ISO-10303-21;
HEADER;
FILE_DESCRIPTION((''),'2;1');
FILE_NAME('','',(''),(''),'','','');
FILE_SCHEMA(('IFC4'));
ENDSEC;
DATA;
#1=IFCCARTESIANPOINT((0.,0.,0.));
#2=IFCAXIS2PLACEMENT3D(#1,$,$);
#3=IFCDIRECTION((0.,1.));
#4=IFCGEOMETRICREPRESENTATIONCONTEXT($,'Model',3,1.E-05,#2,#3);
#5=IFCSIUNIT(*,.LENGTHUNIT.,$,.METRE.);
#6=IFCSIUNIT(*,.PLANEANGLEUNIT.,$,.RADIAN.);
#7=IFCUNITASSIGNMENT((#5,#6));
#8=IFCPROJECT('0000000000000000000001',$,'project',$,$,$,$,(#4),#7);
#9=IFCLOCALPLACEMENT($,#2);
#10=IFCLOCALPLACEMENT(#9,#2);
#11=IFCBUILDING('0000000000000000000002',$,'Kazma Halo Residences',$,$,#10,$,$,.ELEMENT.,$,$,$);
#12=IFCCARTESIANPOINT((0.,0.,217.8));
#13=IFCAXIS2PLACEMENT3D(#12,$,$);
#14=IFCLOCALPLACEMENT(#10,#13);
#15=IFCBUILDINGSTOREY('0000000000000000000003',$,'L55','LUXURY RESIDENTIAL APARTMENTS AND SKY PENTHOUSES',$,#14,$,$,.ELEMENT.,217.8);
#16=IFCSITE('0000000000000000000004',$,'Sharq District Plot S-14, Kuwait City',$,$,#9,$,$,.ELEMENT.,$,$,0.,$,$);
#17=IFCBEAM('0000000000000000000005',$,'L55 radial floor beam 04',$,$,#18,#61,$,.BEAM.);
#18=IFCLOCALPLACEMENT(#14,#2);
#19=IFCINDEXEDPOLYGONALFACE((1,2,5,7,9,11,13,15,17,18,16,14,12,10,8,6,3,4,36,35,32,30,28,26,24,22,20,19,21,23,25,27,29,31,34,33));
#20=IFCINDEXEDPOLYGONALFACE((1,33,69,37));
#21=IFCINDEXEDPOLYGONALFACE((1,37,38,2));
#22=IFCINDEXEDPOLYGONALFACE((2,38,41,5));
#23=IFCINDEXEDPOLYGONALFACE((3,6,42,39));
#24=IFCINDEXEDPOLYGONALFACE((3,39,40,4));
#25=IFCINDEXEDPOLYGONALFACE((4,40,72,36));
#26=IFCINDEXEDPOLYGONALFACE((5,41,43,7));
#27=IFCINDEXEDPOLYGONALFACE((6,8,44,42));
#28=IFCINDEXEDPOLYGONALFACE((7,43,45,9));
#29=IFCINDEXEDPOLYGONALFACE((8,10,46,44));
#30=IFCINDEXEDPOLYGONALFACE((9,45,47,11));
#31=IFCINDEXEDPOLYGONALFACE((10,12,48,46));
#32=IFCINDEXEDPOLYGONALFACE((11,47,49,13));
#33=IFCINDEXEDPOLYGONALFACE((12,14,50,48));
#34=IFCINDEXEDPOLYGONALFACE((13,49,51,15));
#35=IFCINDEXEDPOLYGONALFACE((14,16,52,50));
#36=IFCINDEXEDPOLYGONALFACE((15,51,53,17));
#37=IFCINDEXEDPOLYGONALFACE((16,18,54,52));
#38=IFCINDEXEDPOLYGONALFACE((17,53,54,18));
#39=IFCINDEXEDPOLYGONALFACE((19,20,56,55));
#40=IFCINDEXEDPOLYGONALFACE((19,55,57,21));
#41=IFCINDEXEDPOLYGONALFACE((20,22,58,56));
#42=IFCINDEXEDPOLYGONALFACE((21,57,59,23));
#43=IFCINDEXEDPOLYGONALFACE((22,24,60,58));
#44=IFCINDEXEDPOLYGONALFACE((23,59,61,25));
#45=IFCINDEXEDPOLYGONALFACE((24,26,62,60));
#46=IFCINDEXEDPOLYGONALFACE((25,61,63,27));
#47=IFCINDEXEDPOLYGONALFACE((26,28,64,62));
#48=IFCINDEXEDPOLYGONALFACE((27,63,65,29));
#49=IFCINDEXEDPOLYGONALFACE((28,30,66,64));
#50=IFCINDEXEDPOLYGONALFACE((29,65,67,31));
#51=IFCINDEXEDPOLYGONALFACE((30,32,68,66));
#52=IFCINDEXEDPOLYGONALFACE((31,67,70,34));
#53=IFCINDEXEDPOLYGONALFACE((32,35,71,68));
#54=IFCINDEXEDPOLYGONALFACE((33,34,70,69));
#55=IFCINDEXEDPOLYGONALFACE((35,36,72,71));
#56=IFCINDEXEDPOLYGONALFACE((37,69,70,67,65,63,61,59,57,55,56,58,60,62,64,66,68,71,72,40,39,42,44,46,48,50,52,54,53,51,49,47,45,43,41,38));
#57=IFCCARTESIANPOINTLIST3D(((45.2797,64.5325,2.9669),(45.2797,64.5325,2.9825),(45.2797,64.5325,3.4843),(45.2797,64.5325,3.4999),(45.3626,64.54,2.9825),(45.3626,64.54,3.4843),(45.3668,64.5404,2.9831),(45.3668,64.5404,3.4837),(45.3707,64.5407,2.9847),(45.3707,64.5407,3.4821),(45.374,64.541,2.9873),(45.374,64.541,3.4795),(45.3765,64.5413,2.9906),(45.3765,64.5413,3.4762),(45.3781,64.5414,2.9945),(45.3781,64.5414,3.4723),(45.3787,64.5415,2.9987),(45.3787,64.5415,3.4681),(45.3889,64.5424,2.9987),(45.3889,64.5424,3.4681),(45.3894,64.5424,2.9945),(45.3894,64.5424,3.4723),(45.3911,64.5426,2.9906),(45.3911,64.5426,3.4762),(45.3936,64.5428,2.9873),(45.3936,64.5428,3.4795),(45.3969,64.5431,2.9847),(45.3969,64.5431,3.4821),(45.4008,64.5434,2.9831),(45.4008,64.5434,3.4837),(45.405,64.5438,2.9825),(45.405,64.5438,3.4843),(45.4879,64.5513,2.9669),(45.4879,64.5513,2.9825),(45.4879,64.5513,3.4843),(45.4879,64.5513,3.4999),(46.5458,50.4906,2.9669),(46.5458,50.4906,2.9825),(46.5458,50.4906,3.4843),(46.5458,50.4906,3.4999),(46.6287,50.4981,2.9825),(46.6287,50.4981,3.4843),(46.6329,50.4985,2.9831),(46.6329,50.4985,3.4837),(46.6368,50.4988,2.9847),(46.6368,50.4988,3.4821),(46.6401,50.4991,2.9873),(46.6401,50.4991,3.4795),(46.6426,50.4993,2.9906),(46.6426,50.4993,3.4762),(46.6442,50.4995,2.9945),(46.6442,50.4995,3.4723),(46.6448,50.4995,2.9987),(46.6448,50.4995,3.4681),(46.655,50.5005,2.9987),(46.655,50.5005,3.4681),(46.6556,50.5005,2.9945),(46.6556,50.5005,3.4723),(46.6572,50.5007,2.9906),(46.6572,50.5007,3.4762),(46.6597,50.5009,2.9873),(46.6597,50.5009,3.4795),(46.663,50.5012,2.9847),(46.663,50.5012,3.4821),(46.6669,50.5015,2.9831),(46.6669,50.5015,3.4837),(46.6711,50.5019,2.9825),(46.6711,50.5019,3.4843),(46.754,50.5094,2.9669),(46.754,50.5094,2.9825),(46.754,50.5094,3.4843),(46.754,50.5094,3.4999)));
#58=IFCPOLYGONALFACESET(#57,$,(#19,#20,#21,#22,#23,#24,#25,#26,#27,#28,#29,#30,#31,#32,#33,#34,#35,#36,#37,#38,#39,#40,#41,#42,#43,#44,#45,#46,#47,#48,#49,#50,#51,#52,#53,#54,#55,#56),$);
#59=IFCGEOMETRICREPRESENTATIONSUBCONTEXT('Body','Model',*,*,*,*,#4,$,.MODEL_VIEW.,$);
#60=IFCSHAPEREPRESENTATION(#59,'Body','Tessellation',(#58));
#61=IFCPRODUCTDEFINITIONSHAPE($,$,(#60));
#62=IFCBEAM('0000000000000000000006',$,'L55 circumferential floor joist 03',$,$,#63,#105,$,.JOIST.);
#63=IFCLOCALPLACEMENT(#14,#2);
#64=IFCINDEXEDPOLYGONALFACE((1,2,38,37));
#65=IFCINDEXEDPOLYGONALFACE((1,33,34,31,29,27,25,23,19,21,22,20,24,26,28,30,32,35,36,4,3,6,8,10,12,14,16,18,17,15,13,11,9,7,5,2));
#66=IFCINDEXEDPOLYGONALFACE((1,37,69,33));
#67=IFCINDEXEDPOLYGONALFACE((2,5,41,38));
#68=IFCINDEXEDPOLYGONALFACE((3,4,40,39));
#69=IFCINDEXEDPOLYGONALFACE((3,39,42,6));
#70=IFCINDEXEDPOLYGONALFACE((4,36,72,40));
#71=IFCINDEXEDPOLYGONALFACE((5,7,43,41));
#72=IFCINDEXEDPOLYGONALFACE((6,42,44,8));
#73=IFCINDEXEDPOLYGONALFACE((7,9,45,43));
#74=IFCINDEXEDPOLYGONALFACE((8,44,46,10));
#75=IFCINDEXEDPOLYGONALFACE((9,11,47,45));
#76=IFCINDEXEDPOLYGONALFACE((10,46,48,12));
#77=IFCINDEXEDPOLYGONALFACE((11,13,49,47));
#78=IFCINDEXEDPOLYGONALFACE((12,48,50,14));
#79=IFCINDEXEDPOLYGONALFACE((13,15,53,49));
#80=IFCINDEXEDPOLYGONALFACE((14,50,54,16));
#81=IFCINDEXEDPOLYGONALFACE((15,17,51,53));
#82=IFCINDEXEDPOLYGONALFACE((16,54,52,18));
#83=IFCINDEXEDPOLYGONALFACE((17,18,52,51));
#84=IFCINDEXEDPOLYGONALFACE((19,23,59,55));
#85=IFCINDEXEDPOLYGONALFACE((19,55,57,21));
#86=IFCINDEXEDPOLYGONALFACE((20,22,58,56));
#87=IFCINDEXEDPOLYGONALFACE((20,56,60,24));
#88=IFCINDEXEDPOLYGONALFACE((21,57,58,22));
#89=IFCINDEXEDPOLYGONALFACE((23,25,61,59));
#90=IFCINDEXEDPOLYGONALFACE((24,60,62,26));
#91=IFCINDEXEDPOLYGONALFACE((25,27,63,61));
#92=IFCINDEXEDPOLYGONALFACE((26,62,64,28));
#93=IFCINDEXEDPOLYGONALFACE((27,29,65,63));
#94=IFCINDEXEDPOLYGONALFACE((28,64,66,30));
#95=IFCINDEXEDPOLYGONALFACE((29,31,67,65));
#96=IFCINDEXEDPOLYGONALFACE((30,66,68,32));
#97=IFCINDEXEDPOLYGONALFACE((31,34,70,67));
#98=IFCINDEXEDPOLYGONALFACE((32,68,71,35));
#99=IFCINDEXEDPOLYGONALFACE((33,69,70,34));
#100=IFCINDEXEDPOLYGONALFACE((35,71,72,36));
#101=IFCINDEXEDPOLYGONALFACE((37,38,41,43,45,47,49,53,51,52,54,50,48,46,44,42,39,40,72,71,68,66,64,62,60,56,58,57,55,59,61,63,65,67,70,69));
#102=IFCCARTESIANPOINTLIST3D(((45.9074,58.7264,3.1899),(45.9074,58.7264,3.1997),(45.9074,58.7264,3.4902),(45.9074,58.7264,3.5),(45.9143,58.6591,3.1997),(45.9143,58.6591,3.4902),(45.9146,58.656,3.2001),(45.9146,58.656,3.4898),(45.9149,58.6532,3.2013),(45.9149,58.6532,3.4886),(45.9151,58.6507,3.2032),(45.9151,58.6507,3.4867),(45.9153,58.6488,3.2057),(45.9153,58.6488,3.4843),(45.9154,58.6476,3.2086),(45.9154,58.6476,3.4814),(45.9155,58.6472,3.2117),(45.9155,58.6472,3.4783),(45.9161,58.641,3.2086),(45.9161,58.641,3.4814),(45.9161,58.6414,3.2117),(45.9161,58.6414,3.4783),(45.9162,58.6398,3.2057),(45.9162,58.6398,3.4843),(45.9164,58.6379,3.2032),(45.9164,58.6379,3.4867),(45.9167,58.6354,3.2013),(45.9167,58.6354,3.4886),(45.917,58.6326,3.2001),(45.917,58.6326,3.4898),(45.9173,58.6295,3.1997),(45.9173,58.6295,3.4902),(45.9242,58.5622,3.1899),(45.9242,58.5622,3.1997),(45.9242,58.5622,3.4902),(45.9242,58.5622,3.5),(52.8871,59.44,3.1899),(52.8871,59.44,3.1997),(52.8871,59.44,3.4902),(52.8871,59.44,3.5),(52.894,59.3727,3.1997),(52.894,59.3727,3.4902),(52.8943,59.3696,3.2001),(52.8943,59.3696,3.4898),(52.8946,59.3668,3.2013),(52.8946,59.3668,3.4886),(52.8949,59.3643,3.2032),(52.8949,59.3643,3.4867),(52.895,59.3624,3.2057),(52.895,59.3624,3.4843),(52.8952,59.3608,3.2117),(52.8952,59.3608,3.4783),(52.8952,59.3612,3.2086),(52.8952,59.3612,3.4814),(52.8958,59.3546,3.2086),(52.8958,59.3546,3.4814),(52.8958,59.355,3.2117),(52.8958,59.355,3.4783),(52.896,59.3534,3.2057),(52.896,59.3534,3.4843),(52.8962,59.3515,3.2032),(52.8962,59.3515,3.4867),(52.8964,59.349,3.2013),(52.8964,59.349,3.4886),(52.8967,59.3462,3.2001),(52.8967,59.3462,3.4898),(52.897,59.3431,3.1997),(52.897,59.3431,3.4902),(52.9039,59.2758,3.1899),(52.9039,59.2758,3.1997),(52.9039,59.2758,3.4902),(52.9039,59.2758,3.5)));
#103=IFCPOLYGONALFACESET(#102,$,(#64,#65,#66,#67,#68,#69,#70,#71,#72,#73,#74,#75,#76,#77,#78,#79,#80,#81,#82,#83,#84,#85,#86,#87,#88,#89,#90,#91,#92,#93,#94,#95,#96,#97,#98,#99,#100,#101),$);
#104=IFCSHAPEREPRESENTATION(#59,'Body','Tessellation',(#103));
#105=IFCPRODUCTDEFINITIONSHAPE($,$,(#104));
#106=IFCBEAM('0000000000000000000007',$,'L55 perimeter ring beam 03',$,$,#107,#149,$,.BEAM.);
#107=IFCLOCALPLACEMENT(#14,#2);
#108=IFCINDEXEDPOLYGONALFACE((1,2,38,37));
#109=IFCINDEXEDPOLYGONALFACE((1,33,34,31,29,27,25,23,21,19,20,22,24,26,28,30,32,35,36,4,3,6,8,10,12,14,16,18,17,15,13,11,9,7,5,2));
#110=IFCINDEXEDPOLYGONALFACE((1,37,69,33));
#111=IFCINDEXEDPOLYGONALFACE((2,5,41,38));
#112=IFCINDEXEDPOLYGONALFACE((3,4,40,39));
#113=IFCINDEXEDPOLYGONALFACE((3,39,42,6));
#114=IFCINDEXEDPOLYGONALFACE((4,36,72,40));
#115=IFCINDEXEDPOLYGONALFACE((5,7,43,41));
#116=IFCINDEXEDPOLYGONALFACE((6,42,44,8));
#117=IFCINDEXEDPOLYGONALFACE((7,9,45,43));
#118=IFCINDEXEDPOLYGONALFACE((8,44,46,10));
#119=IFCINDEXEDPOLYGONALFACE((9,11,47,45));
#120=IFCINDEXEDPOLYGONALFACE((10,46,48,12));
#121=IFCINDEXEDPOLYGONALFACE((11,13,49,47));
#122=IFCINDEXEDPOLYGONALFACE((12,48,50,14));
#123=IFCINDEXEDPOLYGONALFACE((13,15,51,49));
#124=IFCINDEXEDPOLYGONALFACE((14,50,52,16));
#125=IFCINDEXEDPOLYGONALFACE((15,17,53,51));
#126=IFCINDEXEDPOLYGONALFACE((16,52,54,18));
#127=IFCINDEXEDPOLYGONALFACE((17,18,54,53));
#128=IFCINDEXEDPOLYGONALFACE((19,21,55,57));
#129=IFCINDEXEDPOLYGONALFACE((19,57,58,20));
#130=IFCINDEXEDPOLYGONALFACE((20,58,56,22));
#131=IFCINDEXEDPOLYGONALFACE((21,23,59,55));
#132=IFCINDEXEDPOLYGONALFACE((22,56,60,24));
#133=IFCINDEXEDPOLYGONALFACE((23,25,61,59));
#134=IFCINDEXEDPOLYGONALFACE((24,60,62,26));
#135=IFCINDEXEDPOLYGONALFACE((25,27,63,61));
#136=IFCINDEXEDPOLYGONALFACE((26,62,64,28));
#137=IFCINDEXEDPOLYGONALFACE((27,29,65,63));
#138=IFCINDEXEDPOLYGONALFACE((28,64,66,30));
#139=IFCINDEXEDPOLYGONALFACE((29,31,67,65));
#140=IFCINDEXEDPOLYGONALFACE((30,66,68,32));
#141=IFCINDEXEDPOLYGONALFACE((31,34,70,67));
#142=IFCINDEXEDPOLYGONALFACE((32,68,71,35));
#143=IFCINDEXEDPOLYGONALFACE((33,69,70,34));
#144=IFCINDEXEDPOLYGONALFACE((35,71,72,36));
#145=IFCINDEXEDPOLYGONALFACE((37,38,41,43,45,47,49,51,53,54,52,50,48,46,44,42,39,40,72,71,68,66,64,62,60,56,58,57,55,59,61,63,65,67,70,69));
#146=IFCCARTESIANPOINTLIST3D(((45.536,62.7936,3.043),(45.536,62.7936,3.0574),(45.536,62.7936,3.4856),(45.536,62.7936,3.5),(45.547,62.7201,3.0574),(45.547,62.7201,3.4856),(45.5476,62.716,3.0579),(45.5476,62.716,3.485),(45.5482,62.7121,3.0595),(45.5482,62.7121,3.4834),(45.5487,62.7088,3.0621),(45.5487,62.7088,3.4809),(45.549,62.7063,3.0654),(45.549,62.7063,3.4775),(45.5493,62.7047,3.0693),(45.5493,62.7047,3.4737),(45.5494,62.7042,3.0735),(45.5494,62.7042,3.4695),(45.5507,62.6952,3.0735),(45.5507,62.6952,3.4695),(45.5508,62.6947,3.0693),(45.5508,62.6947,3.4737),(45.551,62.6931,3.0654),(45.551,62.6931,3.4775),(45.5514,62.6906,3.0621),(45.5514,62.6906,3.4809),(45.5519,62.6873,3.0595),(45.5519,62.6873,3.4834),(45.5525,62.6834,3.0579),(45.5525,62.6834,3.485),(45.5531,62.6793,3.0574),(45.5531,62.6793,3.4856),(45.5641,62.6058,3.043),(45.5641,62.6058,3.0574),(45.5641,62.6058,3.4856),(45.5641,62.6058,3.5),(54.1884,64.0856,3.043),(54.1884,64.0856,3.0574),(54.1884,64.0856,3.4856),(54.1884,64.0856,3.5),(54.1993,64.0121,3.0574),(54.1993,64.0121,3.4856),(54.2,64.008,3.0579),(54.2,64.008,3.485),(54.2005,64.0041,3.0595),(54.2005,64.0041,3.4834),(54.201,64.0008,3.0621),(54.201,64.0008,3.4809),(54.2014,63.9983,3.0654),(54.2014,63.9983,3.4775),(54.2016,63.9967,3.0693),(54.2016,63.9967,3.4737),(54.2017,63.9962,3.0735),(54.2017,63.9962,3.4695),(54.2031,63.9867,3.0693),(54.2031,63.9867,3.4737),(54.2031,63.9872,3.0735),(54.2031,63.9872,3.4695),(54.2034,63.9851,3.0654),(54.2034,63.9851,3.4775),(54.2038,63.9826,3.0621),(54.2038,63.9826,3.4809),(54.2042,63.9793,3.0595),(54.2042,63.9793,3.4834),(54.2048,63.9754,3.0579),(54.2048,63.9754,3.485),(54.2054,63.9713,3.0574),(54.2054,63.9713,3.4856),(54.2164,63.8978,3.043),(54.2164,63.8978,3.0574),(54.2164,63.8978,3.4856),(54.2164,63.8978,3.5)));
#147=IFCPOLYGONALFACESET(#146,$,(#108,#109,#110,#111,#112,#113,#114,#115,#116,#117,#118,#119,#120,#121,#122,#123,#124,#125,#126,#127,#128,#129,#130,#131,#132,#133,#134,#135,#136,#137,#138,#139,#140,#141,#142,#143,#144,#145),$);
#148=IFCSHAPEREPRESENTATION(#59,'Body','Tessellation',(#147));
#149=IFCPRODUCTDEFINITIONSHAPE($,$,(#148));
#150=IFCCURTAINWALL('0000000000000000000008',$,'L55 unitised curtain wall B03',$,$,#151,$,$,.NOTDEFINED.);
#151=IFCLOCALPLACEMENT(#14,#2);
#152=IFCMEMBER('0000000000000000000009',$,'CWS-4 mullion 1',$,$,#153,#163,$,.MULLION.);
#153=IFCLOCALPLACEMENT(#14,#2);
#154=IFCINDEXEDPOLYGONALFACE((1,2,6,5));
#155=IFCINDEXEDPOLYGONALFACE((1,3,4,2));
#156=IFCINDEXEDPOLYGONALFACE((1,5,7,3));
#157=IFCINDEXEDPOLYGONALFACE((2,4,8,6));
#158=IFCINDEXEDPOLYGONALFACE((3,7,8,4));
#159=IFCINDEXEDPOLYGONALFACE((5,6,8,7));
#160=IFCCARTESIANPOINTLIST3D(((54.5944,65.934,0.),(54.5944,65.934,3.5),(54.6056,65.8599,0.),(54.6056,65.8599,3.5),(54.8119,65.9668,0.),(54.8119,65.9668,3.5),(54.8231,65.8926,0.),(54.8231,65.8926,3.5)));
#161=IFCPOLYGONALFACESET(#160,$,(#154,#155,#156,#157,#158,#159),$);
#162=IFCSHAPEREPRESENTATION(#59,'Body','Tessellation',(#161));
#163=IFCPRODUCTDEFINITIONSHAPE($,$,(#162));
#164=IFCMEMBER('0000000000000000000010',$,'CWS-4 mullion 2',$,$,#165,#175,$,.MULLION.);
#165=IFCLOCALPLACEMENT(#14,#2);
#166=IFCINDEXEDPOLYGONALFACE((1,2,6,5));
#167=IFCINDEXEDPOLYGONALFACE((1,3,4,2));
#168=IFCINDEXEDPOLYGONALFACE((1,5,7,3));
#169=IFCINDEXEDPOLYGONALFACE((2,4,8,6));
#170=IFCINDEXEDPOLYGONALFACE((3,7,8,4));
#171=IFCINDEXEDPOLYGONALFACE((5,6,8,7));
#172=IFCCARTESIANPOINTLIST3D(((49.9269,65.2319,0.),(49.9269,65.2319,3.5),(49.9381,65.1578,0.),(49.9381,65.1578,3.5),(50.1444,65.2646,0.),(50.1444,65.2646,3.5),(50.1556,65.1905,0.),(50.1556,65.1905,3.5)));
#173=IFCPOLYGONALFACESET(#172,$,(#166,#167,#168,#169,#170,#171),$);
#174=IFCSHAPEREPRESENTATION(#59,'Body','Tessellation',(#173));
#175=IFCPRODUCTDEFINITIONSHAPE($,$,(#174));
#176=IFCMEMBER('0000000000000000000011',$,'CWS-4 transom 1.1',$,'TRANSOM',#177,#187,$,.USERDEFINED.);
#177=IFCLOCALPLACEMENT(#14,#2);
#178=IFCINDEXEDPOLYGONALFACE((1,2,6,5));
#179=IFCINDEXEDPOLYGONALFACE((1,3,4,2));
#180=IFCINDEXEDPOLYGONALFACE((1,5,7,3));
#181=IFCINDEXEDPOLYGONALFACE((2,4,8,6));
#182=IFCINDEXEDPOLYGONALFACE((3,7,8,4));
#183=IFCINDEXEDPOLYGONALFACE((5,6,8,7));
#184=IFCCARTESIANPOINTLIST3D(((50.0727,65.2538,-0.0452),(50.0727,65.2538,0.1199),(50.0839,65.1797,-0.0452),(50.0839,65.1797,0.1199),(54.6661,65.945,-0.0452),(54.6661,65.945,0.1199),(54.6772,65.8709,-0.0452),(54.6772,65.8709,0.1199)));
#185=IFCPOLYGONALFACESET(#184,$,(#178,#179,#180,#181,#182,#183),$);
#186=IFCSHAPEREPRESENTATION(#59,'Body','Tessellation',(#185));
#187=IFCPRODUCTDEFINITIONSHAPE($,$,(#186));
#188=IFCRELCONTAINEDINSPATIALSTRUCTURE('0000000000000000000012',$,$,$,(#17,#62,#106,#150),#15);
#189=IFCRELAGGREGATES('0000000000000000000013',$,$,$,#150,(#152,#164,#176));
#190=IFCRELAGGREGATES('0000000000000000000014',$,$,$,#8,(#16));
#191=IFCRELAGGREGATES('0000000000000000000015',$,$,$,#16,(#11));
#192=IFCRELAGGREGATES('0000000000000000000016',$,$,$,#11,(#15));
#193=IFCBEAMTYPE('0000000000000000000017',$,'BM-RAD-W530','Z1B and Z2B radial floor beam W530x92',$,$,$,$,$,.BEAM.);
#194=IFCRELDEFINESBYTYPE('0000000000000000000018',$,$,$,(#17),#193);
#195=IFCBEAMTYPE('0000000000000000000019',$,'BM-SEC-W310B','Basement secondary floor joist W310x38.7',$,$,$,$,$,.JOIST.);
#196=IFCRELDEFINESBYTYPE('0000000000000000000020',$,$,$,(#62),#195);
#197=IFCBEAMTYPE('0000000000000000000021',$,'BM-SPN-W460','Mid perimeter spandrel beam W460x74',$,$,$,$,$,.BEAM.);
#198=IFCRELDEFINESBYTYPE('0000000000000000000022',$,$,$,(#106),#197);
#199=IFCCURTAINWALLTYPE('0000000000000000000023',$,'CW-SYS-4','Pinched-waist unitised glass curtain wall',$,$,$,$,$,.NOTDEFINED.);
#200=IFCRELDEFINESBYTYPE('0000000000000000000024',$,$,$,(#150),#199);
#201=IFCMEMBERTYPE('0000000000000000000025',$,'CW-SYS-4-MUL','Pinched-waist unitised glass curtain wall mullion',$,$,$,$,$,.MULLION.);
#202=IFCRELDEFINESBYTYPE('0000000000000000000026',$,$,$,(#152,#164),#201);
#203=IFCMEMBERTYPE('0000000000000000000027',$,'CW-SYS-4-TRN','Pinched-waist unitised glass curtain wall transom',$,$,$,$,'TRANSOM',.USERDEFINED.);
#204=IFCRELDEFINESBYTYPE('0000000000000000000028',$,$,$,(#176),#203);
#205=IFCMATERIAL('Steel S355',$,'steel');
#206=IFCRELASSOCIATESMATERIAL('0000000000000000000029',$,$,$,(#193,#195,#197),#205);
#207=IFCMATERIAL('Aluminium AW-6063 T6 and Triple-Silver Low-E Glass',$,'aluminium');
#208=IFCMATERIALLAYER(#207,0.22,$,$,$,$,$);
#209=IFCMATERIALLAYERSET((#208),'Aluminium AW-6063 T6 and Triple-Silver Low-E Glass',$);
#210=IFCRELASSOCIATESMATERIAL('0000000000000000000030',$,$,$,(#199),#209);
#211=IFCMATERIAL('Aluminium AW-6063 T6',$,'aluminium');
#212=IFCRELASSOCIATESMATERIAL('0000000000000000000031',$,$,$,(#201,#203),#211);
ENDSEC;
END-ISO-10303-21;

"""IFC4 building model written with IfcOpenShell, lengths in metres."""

from ifc_helpers import new_model, si_unit, direction, frame, origin, origin_2d, place, context, subcontext, project, spatial, rectangle, i_section, extrude, material, layer, layer_set, material_profile, profile_set, type_object, element, aggregate, save


model = new_model("IFC4")

# Units and contexts
model_context = context("Model", 3, precision=1e-05, world=origin(), true_north=direction((0.0, 1.0)))
body_context = subcontext(model_context, "Body", "Model", "MODEL_VIEW")
ifc_project = project(units=[si_unit("LENGTHUNIT", "METRE"), si_unit("PLANEANGLEUNIT", "RADIAN")], contexts=[model_context])

# Site, building, storey
site_placement = place(None, origin())
site = spatial("IfcSite", under=ifc_project, at=site_placement, Name="Sharq District Plot S-14, Kuwait City", CompositionType="ELEMENT", RefElevation=0.0)
building_placement = place(site_placement, origin())
building = spatial("IfcBuilding", under=site, at=building_placement, Name="Kazma Halo Residences", CompositionType="ELEMENT")
storey_placement = place(building_placement, frame((0.0, 0.0, 217.8)))
storey = spatial("IfcBuildingStorey", under=building, at=storey_placement, Name="L55", Description="LUXURY RESIDENTIAL APARTMENTS AND SKY PENTHOUSES", CompositionType="ELEMENT", Elevation=217.8)

# Beams
ifc_material_1 = material(Name="Steel S355", Category="steel")
ifc_material_profile_1 = material_profile(ifc_material_1, i_section(OverallWidth=0.209, OverallDepth=0.533, WebThickness=0.0103, FlangeThickness=0.0156, FilletRadius=0.0161, at=origin_2d()), Name="W530x92")
ifc_profile_set_1 = profile_set([ifc_material_profile_1], Name="Steel S355")
beam_type_1 = type_object("IfcBeamType", Name="BM-RAD-W530", Description="Z1B and Z2B radial floor beam W530x92", PredefinedType="BEAM", material=ifc_profile_set_1)
beam_1_placement = place(storey_placement, frame((46.6499, 50.5, 3.2334), z_axis=(-0.089802, 0.99596, 0.0), x_axis=(-0.99596, -0.089802, 0.0)))
element("IfcBeam", 1, at=beam_1_placement, inside=storey, type_object=beam_type_1, Name="L55 radial floor beam 04", PredefinedType="BEAM", context=body_context, shape_type="SweptSolid", body=[
    extrude(i_section(OverallWidth=0.209, OverallDepth=0.533, WebThickness=0.0103, FlangeThickness=0.0156, FilletRadius=0.0161, at=origin_2d()), origin(), (0.0, 0.0, 1.0), 14.0989),
])
ifc_material_profile_2 = material_profile(ifc_material_1, i_section(OverallWidth=0.165, OverallDepth=0.3101, WebThickness=0.0059, FlangeThickness=0.0098, FilletRadius=0.012, at=origin_2d()), Name="W310x38.7")
ifc_profile_set_2 = profile_set([ifc_material_profile_2], Name="Steel S355")
beam_type_2 = type_object("IfcBeamType", Name="BM-SEC-W310B", Description="Basement secondary floor joist W310x38.7", PredefinedType="JOIST", material=ifc_profile_set_2)
beam_2_placement = place(storey_placement, frame((52.8955, 59.3579, 3.345), z_axis=(-0.994814, -0.101712, 0.0), x_axis=(0.101712, -0.994814, 0.0)))
element("IfcBeam", 2, at=beam_2_placement, inside=storey, type_object=beam_type_2, Name="L55 circumferential floor joist 03", PredefinedType="JOIST", context=body_context, shape_type="SweptSolid", body=[
    extrude(i_section(OverallWidth=0.165, OverallDepth=0.3101, WebThickness=0.0059, FlangeThickness=0.0098, FilletRadius=0.012, at=origin_2d()), origin(), (0.0, 0.0, 1.0), 7.0161),
])
ifc_material_profile_3 = material_profile(ifc_material_1, i_section(OverallWidth=0.1899, OverallDepth=0.457, WebThickness=0.009, FlangeThickness=0.0144, FilletRadius=0.0161, at=origin_2d()), Name="W460x74")
ifc_profile_set_3 = profile_set([ifc_material_profile_3], Name="Steel S355")
beam_type_3 = type_object("IfcBeamType", Name="BM-SPN-W460", Description="Mid perimeter spandrel beam W460x74", PredefinedType="BEAM", material=ifc_profile_set_3)
beam_3_placement = place(storey_placement, frame((54.2024, 63.9917, 3.2715), z_axis=(-0.989034, -0.147685, 0.0), x_axis=(0.147685, -0.989034, 0.0)))
element("IfcBeam", 3, at=beam_3_placement, inside=storey, type_object=beam_type_3, Name="L55 perimeter ring beam 03", PredefinedType="BEAM", context=body_context, shape_type="SweptSolid", body=[
    extrude(i_section(OverallWidth=0.1899, OverallDepth=0.457, WebThickness=0.009, FlangeThickness=0.0144, FilletRadius=0.0161, at=origin_2d()), origin(), (0.0, 0.0, 1.0), 8.7483),
])

# Curtain wall, members
ifc_material_2 = material(Name="Aluminium AW-6063 T6 and Triple-Silver Low-E Glass", Category="aluminium")
ifc_layer_1 = layer(ifc_material_2, 0.22)
ifc_layer_set_1 = layer_set([ifc_layer_1], Name="Aluminium AW-6063 T6 and Triple-Silver Low-E Glass")
curtain_wall_type = type_object("IfcCurtainWallType", Name="CW-SYS-4", Description="Pinched-waist unitised glass curtain wall", PredefinedType="NOTDEFINED", material=ifc_layer_set_1)
curtain_wall_placement = place(storey_placement, origin())
curtain_wall = element("IfcCurtainWall", 4, at=curtain_wall_placement, inside=storey, type_object=curtain_wall_type, Name="L55 unitised curtain wall B03", PredefinedType="NOTDEFINED")
ifc_material_3 = material(Name="Aluminium AW-6063 T6", Category="aluminium")
ifc_material_profile_4 = material_profile(ifc_material_3, rectangle(XDim=0.075, YDim=0.22, at=origin_2d()), Name="CWM-75x220")
ifc_profile_set_4 = profile_set([ifc_material_profile_4], Name="Aluminium AW-6063 T6")
member_type_1 = type_object("IfcMemberType", Name="CW-SYS-4-MUL", Description="Pinched-waist unitised glass curtain wall mullion", PredefinedType="MULLION", material=ifc_profile_set_4)
member_1_placement = place(storey_placement, frame((54.7087, 65.9133, 0.0), z_axis=(0.0, 0.0, 1.0), x_axis=(0.148773, -0.988871, 0.0)))
member_1 = element("IfcMember", 5, at=member_1_placement, type_object=member_type_1, Name="CWS-4 mullion 1", PredefinedType="MULLION", context=body_context, shape_type="SweptSolid", body=[
    extrude(rectangle(XDim=0.075, YDim=0.22, at=origin_2d()), origin(), (0.0, 0.0, 1.0), 3.5),
])
member_2_placement = place(storey_placement, frame((50.0413, 65.2112, 0.0), z_axis=(0.0, 0.0, 1.0), x_axis=(0.148773, -0.988871, 0.0)))
member_2 = element("IfcMember", 6, at=member_2_placement, type_object=member_type_1, Name="CWS-4 mullion 2", PredefinedType="MULLION", context=body_context, shape_type="SweptSolid", body=[
    extrude(rectangle(XDim=0.075, YDim=0.22, at=origin_2d()), origin(), (0.0, 0.0, 1.0), 3.5),
])
ifc_material_profile_5 = material_profile(ifc_material_3, rectangle(XDim=0.075, YDim=0.165, at=origin_2d()), Name="CWT-75x165")
ifc_profile_set_5 = profile_set([ifc_material_profile_5], Name="Aluminium AW-6063 T6")
member_type_2 = type_object("IfcMemberType", Name="CW-SYS-4-TRN", Description="Pinched-waist unitised glass curtain wall transom", ElementType="TRANSOM", PredefinedType="USERDEFINED", material=ifc_profile_set_5)
member_3_placement = place(storey_placement, frame((54.6716, 65.908, 0.0374), z_axis=(-0.988868, -0.148798, 0.0), x_axis=(0.148798, -0.988868, 0.0)))
member_3 = element("IfcMember", 7, at=member_3_placement, type_object=member_type_2, Name="CWS-4 transom 1.1", ObjectType="TRANSOM", PredefinedType="USERDEFINED", context=body_context, shape_type="SweptSolid", body=[
    extrude(rectangle(XDim=0.075, YDim=0.165, at=origin_2d()), origin(), (0.0, 0.0, 1.0), 4.645),
])
aggregate(curtain_wall, [member_1, member_2, member_3])

save(model, "model.ifc")
